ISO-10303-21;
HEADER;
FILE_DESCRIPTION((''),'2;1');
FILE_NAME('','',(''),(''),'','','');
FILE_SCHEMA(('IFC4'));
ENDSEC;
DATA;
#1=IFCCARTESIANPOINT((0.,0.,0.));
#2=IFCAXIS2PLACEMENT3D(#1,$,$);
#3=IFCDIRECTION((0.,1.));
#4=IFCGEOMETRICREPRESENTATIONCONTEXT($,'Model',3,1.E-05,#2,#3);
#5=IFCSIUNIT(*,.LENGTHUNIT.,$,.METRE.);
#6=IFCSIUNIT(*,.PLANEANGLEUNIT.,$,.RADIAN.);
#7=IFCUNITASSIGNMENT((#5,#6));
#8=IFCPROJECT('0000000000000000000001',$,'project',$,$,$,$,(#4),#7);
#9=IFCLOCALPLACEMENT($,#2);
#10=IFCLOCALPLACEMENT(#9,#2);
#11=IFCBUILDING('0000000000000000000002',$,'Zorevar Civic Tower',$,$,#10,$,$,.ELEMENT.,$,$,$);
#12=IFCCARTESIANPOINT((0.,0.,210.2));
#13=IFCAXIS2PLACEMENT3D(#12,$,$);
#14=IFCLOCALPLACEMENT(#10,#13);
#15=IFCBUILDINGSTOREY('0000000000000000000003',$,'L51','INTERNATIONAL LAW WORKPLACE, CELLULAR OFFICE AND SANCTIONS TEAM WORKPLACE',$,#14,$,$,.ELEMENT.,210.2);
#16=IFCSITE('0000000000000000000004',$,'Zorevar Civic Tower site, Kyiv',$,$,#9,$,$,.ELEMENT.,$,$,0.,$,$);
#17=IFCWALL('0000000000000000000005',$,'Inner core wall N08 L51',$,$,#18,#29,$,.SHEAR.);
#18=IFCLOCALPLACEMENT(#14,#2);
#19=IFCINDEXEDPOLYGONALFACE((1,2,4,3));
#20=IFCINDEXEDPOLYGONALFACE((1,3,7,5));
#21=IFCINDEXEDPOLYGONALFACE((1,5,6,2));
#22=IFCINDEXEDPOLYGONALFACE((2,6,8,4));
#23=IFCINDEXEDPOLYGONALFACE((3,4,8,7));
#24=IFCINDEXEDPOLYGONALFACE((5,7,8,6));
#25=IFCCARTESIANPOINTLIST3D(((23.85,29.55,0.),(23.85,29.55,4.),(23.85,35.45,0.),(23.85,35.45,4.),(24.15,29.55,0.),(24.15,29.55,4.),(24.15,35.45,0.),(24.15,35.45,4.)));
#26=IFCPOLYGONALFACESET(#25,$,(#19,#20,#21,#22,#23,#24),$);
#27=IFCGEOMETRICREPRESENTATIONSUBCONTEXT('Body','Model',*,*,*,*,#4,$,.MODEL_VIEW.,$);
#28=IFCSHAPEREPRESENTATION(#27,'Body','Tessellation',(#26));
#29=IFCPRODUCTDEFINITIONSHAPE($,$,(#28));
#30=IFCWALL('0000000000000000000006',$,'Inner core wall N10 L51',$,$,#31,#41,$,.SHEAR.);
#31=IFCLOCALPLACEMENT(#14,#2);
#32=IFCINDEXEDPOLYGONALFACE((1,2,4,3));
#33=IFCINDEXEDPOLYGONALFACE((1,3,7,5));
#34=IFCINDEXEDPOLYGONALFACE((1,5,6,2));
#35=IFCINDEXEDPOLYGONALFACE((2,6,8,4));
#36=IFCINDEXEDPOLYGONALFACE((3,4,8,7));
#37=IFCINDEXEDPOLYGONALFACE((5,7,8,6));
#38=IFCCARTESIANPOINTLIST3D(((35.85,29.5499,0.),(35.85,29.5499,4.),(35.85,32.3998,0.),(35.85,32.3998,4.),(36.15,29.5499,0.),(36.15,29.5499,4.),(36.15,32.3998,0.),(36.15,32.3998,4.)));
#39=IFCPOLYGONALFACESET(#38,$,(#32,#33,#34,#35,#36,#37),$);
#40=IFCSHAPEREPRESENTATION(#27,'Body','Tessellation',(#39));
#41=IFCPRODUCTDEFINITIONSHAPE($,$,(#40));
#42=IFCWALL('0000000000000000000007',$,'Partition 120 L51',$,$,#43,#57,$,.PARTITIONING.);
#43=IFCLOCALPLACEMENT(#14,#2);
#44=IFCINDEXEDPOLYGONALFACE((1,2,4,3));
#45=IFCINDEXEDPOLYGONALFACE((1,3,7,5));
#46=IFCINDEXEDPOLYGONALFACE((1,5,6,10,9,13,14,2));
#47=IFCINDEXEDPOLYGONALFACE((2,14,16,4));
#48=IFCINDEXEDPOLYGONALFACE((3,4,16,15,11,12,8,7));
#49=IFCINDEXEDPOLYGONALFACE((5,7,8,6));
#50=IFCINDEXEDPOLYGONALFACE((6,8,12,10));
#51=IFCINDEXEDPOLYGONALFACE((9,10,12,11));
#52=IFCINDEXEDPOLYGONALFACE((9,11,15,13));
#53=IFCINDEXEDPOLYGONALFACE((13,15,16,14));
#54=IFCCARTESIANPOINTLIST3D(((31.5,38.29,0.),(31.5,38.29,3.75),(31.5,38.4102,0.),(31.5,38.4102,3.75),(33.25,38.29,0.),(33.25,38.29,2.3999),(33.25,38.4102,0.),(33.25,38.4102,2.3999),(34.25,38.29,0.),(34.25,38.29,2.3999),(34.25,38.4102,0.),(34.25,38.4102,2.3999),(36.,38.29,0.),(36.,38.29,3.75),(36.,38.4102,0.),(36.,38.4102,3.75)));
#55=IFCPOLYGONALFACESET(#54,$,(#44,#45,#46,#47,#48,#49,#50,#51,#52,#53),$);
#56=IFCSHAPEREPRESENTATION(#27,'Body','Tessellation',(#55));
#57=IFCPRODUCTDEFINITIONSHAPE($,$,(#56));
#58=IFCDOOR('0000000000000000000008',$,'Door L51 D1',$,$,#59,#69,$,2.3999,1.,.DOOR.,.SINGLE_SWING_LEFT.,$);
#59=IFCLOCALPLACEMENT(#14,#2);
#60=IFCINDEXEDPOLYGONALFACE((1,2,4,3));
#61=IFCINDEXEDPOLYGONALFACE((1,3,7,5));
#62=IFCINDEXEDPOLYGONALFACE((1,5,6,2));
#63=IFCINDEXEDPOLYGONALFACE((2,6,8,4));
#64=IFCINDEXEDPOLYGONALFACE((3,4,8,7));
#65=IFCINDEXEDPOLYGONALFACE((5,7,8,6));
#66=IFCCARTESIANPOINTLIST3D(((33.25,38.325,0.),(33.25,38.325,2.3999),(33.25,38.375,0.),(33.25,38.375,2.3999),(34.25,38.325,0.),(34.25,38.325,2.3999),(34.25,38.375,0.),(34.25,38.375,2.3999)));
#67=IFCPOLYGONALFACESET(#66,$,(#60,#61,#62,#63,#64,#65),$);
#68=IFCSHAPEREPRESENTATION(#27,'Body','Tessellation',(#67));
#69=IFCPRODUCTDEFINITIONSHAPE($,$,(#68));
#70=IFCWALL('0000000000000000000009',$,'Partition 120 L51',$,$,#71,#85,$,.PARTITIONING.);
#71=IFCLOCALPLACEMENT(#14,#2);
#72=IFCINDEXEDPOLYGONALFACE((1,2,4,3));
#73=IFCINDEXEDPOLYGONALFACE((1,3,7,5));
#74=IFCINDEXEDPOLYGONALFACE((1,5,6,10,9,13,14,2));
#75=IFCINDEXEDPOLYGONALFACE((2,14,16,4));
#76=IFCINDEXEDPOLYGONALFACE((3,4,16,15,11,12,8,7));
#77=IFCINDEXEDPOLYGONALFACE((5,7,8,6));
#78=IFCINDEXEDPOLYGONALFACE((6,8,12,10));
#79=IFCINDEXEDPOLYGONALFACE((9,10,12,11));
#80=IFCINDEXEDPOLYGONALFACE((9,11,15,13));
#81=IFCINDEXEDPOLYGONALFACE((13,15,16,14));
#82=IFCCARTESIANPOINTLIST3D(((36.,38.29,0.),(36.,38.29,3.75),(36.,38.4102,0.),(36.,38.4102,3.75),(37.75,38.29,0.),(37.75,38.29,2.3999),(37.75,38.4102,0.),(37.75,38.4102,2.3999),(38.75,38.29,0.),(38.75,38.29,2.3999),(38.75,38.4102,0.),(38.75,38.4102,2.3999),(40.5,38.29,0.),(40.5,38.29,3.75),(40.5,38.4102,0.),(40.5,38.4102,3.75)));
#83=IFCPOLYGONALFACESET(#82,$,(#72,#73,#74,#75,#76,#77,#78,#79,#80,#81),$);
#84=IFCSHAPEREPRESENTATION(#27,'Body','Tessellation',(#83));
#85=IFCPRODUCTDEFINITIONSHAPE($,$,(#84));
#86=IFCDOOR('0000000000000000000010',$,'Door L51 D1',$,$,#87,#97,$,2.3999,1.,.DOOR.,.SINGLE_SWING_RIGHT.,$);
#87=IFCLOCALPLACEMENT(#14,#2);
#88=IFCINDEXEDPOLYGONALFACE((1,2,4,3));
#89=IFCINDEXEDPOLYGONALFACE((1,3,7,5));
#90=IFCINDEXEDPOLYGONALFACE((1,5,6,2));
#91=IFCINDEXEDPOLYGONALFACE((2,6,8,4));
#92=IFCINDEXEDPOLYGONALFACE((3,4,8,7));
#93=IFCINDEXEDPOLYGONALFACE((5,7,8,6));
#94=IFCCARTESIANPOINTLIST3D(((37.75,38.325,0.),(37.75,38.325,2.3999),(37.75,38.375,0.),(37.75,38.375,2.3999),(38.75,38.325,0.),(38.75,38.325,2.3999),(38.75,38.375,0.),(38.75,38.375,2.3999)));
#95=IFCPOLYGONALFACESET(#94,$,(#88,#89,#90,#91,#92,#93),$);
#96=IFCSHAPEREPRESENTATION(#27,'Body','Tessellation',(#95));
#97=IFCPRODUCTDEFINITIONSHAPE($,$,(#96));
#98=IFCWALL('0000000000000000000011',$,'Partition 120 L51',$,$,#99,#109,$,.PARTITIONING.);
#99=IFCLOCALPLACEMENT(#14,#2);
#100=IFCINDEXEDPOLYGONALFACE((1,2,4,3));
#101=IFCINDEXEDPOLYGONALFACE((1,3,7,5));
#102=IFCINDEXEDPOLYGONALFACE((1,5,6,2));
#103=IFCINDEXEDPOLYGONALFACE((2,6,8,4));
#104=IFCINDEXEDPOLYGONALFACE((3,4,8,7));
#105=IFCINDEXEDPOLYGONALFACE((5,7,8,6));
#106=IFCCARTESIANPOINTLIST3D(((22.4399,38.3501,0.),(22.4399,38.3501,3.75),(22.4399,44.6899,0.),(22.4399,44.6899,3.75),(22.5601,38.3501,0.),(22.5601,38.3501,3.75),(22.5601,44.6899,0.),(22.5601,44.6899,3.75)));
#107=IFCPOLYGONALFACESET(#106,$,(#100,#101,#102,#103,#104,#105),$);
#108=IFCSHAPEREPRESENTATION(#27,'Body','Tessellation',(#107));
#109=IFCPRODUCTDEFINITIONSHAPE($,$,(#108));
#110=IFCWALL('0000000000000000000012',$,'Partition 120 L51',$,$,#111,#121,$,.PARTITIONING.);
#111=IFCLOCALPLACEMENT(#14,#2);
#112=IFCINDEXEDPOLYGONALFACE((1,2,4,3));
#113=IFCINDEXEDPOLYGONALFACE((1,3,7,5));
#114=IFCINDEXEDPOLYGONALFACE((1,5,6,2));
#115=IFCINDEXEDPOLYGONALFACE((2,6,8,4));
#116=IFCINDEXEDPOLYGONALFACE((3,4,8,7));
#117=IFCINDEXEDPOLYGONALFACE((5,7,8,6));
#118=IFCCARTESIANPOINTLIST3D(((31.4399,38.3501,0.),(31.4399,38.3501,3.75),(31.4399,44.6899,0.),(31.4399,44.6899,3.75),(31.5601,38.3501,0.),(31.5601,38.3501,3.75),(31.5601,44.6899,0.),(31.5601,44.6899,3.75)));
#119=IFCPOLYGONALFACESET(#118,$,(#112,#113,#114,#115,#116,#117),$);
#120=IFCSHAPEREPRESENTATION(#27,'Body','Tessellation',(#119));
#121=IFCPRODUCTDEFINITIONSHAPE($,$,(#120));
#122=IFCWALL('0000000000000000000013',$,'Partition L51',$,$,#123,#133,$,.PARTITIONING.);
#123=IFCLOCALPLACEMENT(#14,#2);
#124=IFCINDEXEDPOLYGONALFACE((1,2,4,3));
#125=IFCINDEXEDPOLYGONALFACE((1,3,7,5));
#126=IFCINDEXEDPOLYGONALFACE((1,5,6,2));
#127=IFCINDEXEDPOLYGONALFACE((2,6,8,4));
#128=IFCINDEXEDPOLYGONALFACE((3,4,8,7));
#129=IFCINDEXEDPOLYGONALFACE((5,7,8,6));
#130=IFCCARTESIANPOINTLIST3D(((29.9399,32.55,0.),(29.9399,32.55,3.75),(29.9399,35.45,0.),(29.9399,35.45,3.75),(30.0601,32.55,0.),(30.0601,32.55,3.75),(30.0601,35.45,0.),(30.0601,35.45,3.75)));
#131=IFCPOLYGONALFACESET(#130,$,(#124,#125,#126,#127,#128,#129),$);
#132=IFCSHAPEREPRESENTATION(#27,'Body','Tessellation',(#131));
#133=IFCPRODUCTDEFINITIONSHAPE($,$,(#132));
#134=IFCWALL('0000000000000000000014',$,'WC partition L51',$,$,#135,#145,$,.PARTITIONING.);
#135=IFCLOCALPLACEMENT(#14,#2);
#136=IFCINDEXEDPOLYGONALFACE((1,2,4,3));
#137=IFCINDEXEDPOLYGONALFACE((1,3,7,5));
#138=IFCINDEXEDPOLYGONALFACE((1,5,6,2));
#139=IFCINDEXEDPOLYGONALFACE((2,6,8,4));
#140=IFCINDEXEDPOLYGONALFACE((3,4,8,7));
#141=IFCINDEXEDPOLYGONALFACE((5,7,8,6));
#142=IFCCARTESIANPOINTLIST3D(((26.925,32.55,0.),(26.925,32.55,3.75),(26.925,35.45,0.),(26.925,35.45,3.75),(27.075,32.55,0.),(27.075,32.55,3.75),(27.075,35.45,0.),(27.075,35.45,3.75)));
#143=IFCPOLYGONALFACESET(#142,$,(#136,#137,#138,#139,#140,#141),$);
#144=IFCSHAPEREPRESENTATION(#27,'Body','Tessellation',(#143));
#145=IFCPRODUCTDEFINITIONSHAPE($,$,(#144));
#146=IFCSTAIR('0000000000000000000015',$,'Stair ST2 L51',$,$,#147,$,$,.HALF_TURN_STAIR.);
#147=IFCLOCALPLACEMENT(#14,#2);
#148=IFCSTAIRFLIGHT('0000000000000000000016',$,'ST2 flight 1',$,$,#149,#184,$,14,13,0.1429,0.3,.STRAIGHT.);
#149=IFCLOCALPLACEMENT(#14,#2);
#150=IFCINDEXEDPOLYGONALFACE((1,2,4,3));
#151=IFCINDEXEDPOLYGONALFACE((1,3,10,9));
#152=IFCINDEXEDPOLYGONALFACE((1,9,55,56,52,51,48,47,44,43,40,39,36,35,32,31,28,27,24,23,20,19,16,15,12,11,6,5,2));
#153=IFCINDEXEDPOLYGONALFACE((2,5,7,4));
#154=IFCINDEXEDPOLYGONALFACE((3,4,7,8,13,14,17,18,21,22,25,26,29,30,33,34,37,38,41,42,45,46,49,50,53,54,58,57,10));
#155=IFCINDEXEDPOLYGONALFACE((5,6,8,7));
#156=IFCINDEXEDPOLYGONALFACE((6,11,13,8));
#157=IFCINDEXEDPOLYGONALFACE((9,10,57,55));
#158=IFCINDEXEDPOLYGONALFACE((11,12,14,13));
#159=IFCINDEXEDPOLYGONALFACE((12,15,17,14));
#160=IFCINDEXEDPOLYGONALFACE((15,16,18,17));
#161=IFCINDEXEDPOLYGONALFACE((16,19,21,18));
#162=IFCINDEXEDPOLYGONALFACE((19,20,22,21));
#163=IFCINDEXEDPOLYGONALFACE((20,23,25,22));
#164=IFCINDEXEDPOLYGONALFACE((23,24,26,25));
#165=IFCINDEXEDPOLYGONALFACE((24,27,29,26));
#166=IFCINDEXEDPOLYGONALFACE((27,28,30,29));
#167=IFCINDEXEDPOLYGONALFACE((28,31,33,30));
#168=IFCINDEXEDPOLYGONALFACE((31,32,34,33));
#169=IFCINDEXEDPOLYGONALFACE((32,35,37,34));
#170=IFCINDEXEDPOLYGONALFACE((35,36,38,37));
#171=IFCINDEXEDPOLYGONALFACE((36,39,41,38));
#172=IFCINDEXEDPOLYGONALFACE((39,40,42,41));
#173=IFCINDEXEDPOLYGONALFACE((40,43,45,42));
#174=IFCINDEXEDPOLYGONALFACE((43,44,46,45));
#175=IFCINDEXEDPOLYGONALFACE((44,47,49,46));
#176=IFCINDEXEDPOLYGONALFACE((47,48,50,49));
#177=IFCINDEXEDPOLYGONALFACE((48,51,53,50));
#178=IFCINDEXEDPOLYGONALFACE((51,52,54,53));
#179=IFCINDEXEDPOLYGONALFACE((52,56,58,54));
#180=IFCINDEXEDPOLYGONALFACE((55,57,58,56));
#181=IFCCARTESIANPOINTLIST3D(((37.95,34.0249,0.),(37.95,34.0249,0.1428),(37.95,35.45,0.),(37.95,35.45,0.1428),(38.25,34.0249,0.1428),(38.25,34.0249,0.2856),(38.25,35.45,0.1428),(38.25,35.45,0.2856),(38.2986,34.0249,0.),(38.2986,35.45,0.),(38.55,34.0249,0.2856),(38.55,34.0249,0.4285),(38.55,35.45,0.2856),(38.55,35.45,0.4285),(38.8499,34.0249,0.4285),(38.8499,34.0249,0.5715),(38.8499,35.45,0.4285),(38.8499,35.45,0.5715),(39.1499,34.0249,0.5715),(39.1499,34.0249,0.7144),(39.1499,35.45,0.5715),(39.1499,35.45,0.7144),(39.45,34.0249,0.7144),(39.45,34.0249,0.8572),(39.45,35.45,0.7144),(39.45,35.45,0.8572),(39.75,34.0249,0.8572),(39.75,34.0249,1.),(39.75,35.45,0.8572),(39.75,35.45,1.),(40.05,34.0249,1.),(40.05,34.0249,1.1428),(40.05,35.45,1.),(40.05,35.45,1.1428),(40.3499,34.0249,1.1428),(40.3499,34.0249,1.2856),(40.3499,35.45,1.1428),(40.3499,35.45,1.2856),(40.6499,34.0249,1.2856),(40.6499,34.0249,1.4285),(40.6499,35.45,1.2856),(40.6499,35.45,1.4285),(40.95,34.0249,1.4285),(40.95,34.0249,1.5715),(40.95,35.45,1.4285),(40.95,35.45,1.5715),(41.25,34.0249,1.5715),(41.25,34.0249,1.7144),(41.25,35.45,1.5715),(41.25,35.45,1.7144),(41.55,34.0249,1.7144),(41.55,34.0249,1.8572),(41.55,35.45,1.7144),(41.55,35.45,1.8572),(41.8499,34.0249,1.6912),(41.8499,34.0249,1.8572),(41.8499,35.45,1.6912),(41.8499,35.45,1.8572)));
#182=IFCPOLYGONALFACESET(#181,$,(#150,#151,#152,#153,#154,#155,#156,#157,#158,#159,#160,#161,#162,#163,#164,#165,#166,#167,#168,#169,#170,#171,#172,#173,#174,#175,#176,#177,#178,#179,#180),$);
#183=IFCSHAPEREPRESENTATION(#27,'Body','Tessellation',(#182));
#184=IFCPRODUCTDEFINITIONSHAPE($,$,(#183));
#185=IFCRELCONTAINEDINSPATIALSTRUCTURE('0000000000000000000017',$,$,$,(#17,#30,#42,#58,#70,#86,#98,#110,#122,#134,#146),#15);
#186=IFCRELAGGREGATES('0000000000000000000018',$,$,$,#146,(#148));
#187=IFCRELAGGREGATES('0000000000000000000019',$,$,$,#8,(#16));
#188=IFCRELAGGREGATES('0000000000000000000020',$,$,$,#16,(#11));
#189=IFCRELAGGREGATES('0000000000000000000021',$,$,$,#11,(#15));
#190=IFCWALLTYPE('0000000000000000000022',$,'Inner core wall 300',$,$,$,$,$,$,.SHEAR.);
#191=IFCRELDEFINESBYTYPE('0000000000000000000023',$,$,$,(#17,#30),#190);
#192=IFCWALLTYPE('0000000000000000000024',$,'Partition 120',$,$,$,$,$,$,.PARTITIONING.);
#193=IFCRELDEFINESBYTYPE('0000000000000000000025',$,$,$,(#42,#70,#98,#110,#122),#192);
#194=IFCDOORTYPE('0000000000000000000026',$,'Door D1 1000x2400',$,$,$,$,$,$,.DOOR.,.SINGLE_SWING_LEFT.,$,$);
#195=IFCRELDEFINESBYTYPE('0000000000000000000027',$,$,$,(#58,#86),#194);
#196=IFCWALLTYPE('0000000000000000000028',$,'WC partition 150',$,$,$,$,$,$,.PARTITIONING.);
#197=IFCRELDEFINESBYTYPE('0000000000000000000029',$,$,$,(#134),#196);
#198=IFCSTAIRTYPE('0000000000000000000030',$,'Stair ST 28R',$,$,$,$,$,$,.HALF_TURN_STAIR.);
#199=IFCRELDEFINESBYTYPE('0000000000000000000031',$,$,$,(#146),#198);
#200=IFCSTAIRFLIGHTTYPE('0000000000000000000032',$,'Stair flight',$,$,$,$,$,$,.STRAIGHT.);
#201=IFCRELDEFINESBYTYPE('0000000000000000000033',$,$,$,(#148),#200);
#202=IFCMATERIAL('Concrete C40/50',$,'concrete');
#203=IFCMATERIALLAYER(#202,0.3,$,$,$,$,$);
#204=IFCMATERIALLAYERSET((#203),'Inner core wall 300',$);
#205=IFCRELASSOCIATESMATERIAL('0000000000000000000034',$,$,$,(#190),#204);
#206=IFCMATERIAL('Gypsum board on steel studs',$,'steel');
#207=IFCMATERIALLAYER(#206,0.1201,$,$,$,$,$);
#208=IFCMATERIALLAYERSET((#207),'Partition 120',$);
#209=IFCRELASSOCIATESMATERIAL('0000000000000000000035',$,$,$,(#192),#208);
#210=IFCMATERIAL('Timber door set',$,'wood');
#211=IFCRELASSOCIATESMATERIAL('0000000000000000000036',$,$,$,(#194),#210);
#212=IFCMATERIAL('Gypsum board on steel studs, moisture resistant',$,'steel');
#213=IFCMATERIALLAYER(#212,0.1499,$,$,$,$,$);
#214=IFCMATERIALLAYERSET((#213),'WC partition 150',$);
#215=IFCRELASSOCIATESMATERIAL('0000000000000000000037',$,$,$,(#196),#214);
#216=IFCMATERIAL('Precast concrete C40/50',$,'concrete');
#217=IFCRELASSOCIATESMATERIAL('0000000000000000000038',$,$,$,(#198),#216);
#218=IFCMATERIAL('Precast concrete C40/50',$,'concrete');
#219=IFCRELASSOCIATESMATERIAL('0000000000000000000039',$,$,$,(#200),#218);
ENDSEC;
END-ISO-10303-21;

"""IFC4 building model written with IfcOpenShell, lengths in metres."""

from ifc_helpers import new_model, si_unit, direction, frame, frame_2d, origin, place, context, subcontext, project, spatial, polyline, rectangle, outline, extrude, material, layer, layer_set, type_object, element, fill, aggregate, save


model = new_model("IFC4")

# Units and contexts
model_context = context("Model", 3, precision=1e-05, world=origin(), true_north=direction((0.0, 1.0)))
body_context = subcontext(model_context, "Body", "Model", "MODEL_VIEW")
ifc_project = project(units=[si_unit("LENGTHUNIT", "METRE"), si_unit("PLANEANGLEUNIT", "RADIAN")], contexts=[model_context])

# Site, building, storey
site_placement = place(None, origin())
site = spatial("IfcSite", under=ifc_project, at=site_placement, Name="Zorevar Civic Tower site, Kyiv", CompositionType="ELEMENT", RefElevation=0.0)
building_placement = place(site_placement, origin())
building = spatial("IfcBuilding", under=site, at=building_placement, Name="Zorevar Civic Tower", CompositionType="ELEMENT")
storey_placement = place(building_placement, frame((0.0, 0.0, 210.2)))
storey = spatial("IfcBuildingStorey", under=building, at=storey_placement, Name="L51", Description="INTERNATIONAL LAW WORKPLACE, CELLULAR OFFICE AND SANCTIONS TEAM WORKPLACE", CompositionType="ELEMENT", Elevation=210.2)

# Shared definitions
ifc_material_1 = material(Name="Concrete C40/50", Category="concrete")
ifc_layer_1 = layer(ifc_material_1, 0.3)
ifc_layer_set_1 = layer_set([ifc_layer_1], Name="Inner core wall 300")
wall_type_1 = type_object("IfcWallType", Name="Inner core wall 300", PredefinedType="SHEAR", material=ifc_layer_set_1)

# Walls
wall_1_placement = place(storey_placement, frame((24.0, 29.55, 0.0), z_axis=(0.0, 0.0, 1.0), x_axis=(0.0, 1.0, 0.0)))
element("IfcWall", 1, at=wall_1_placement, inside=storey, type_object=wall_type_1, Name="Inner core wall N08 L51", PredefinedType="SHEAR", context=body_context, shape_type="SweptSolid", body=[
    extrude(rectangle(XDim=5.8999, YDim=0.3, at=frame_2d((2.95, 0.0))), origin(), (0.0, 0.0, 1.0), 4.0),
])
wall_2_placement = place(storey_placement, frame((36.0, 29.55, 0.0), z_axis=(0.0, 0.0, 1.0), x_axis=(0.0, 1.0, 0.0)))
element("IfcWall", 2, at=wall_2_placement, inside=storey, type_object=wall_type_1, Name="Inner core wall N10 L51", PredefinedType="SHEAR", context=body_context, shape_type="SweptSolid", body=[
    extrude(rectangle(XDim=2.8499, YDim=0.3, at=frame_2d((1.4248, 0.0))), origin(), (0.0, 0.0, 1.0), 4.0),
])

# Walls, openings, doors
ifc_material_2 = material(Name="Gypsum board on steel studs", Category="steel")
ifc_layer_2 = layer(ifc_material_2, 0.1201)
ifc_layer_set_2 = layer_set([ifc_layer_2], Name="Partition 120")
wall_type_2 = type_object("IfcWallType", Name="Partition 120", PredefinedType="PARTITIONING", material=ifc_layer_set_2)
wall_3_placement = place(storey_placement, frame((31.5, 38.3501, 0.0), z_axis=(0.0, 0.0, 1.0), x_axis=(1.0, 0.0, 0.0)))
wall_3 = element("IfcWall", 3, at=wall_3_placement, inside=storey, type_object=wall_type_2, Name="Partition 120 L51", PredefinedType="PARTITIONING", context=body_context, shape_type="SweptSolid", body=[
    extrude(rectangle(XDim=4.5, YDim=0.1201, at=frame_2d((2.25, 0.0))), origin(), (0.0, 0.0, 1.0), 3.75),
])
opening_1_placement = place(wall_3_placement, frame((1.75, 0.0, 0.0)))
opening_1 = element("IfcOpeningElement", 4, at=opening_1_placement, cuts=wall_3, PredefinedType="OPENING", context=body_context, shape_type="SweptSolid", body=[
    extrude(rectangle(XDim=1.0, YDim=2.3999, at=frame_2d((0.5, 1.2))), frame((0.0, 0.0701, 0.0), z_axis=(0.0, -1.0, 0.0), x_axis=(1.0, 0.0, 0.0)), (0.0, 0.0, 1.0), 0.1401),
])
ifc_material_3 = material(Name="Timber door set", Category="wood")
door_type_1 = type_object("IfcDoorType", Name="Door D1 1000x2400", OperationType="SINGLE_SWING_LEFT", PredefinedType="DOOR", material=ifc_material_3)
door_1_placement = place(opening_1_placement, origin())
door_1 = element("IfcDoor", 5, at=door_1_placement, inside=storey, type_object=door_type_1, Name="Door L51 D1", OperationType="SINGLE_SWING_LEFT", OverallHeight=2.3999, OverallWidth=1.0, PredefinedType="DOOR", context=body_context, shape_type="SweptSolid", body=[
    extrude(rectangle(XDim=1.0, YDim=2.3999, at=frame_2d((0.5, 1.2))), frame((0.0, 0.0249, 0.0), z_axis=(0.0, -1.0, 0.0), x_axis=(1.0, 0.0, 0.0)), (0.0, 0.0, 1.0), 0.05),
])
fill(opening_1, door_1)
wall_4_placement = place(storey_placement, frame((36.0, 38.3501, 0.0), z_axis=(0.0, 0.0, 1.0), x_axis=(1.0, 0.0, 0.0)))
wall_4 = element("IfcWall", 6, at=wall_4_placement, inside=storey, type_object=wall_type_2, Name="Partition 120 L51", PredefinedType="PARTITIONING", context=body_context, shape_type="SweptSolid", body=[
    extrude(rectangle(XDim=4.5, YDim=0.1201, at=frame_2d((2.25, 0.0))), origin(), (0.0, 0.0, 1.0), 3.75),
])
opening_2_placement = place(wall_4_placement, frame((1.75, 0.0, 0.0)))
opening_2 = element("IfcOpeningElement", 7, at=opening_2_placement, cuts=wall_4, PredefinedType="OPENING", context=body_context, shape_type="SweptSolid", body=[
    extrude(rectangle(XDim=1.0, YDim=2.3999, at=frame_2d((0.5, 1.2))), frame((0.0, 0.0701, 0.0), z_axis=(0.0, -1.0, 0.0), x_axis=(1.0, 0.0, 0.0)), (0.0, 0.0, 1.0), 0.1401),
])
door_2_placement = place(opening_2_placement, origin())
door_2 = element("IfcDoor", 8, at=door_2_placement, inside=storey, type_object=door_type_1, Name="Door L51 D1", OperationType="SINGLE_SWING_RIGHT", OverallHeight=2.3999, OverallWidth=1.0, PredefinedType="DOOR", context=body_context, shape_type="SweptSolid", body=[
    extrude(rectangle(XDim=1.0, YDim=2.3999, at=frame_2d((0.5, 1.2))), frame((0.0, 0.0249, 0.0), z_axis=(0.0, -1.0, 0.0), x_axis=(1.0, 0.0, 0.0)), (0.0, 0.0, 1.0), 0.05),
])
fill(opening_2, door_2)

# Walls
for number, where, z_axis, x_axis, name in (
    (9, (22.5, 38.3501, 0.0), (0.0, 0.0, 1.0), (0.0, 1.0, 0.0), "Partition 120 L51"),
    (10, (31.5, 38.3501, 0.0), (0.0, 0.0, 1.0), (0.0, 1.0, 0.0), "Partition 120 L51"),
):
    element("IfcWall", number, at=place(storey_placement, frame(where, z_axis=z_axis, x_axis=x_axis)), inside=storey, type_object=wall_type_2, Name=name, PredefinedType="PARTITIONING", context=body_context, shape_type="SweptSolid", body=[
        extrude(rectangle(XDim=6.3398, YDim=0.1201, at=frame_2d((3.1699, 0.0))), origin(), (0.0, 0.0, 1.0), 3.75),
    ])
wall_5_placement = place(storey_placement, frame((30.0, 32.55, 0.0), z_axis=(0.0, 0.0, 1.0), x_axis=(0.0, 1.0, 0.0)))
element("IfcWall", 11, at=wall_5_placement, inside=storey, type_object=wall_type_2, Name="Partition L51", PredefinedType="PARTITIONING", context=body_context, shape_type="SweptSolid", body=[
    extrude(rectangle(XDim=2.8999, YDim=0.1201, at=frame_2d((1.45, 0.0))), origin(), (0.0, 0.0, 1.0), 3.75),
])

# Wall
ifc_material_4 = material(Name="Gypsum board on steel studs, moisture resistant", Category="steel")
ifc_layer_3 = layer(ifc_material_4, 0.1499)
ifc_layer_set_3 = layer_set([ifc_layer_3], Name="WC partition 150")
wall_type_3 = type_object("IfcWallType", Name="WC partition 150", PredefinedType="PARTITIONING", material=ifc_layer_set_3)
wall_6_placement = place(storey_placement, frame((27.0, 32.55, 0.0), z_axis=(0.0, 0.0, 1.0), x_axis=(0.0, 1.0, 0.0)))
element("IfcWall", 12, at=wall_6_placement, inside=storey, type_object=wall_type_3, Name="WC partition L51", PredefinedType="PARTITIONING", context=body_context, shape_type="SweptSolid", body=[
    extrude(rectangle(XDim=2.8999, YDim=0.1499, at=frame_2d((1.45, 0.0))), origin(), (0.0, 0.0, 1.0), 3.75),
])

# Stair, stair flight
ifc_material_5 = material(Name="Precast concrete C40/50", Category="concrete")
stair_type = type_object("IfcStairType", Name="Stair ST 28R", PredefinedType="HALF_TURN_STAIR", material=ifc_material_5)
stair_placement = place(storey_placement, origin())
stair = element("IfcStair", 13, at=stair_placement, inside=storey, type_object=stair_type, Name="Stair ST2 L51", PredefinedType="HALF_TURN_STAIR")
ifc_material_6 = material(Name="Precast concrete C40/50", Category="concrete")
stair_flight_type = type_object("IfcStairFlightType", Name="Stair flight", PredefinedType="STRAIGHT", material=ifc_material_6)
stair_flight_placement = place(storey_placement, frame((37.95, 34.7375, 0.0), z_axis=(0.0, 0.0, 1.0), x_axis=(1.0, 0.0, 0.0)))
stair_flight = element("IfcStairFlight", 14, at=stair_flight_placement, type_object=stair_flight_type, Name="ST2 flight 1", NumberOfRisers=14, NumberOfTreads=13, PredefinedType="STRAIGHT", RiserHeight=0.1429, TreadLength=0.3, context=body_context, shape_type="SweptSolid", body=[
    extrude(outline(polyline([(0.0, 0.0), (0.0, 0.1428), (0.3, 0.1428), (0.3, 0.2856), (0.6001, 0.2856), (0.6001, 0.4285), (0.8999, 0.4285), (0.8999, 0.5715), (1.2, 0.5715), (1.2, 0.7144), (1.5, 0.7144), (1.5, 0.8572), (1.8, 0.8572), (1.8, 1.0), (2.1001, 1.0), (2.1001, 1.1428), (2.3999, 1.1428), (2.3999, 1.2856), (2.7, 1.2856), (2.7, 1.4285), (3.0, 1.4285), (3.0, 1.5715), (3.3, 1.5715), (3.3, 1.7144), (3.6001, 1.7144), (3.6001, 1.8572), (3.8999, 1.8572), (3.8999, 2.0), (3.8999, 1.6912), (0.3486, 0.0), (0.0, 0.0)])), frame((0.0, 0.7124, 0.0), z_axis=(0.0, -1.0, 0.0), x_axis=(1.0, 0.0, 0.0)), (0.0, 0.0, 1.0), 1.425),
])
aggregate(stair, [stair_flight])

save(model, "model.ifc")
